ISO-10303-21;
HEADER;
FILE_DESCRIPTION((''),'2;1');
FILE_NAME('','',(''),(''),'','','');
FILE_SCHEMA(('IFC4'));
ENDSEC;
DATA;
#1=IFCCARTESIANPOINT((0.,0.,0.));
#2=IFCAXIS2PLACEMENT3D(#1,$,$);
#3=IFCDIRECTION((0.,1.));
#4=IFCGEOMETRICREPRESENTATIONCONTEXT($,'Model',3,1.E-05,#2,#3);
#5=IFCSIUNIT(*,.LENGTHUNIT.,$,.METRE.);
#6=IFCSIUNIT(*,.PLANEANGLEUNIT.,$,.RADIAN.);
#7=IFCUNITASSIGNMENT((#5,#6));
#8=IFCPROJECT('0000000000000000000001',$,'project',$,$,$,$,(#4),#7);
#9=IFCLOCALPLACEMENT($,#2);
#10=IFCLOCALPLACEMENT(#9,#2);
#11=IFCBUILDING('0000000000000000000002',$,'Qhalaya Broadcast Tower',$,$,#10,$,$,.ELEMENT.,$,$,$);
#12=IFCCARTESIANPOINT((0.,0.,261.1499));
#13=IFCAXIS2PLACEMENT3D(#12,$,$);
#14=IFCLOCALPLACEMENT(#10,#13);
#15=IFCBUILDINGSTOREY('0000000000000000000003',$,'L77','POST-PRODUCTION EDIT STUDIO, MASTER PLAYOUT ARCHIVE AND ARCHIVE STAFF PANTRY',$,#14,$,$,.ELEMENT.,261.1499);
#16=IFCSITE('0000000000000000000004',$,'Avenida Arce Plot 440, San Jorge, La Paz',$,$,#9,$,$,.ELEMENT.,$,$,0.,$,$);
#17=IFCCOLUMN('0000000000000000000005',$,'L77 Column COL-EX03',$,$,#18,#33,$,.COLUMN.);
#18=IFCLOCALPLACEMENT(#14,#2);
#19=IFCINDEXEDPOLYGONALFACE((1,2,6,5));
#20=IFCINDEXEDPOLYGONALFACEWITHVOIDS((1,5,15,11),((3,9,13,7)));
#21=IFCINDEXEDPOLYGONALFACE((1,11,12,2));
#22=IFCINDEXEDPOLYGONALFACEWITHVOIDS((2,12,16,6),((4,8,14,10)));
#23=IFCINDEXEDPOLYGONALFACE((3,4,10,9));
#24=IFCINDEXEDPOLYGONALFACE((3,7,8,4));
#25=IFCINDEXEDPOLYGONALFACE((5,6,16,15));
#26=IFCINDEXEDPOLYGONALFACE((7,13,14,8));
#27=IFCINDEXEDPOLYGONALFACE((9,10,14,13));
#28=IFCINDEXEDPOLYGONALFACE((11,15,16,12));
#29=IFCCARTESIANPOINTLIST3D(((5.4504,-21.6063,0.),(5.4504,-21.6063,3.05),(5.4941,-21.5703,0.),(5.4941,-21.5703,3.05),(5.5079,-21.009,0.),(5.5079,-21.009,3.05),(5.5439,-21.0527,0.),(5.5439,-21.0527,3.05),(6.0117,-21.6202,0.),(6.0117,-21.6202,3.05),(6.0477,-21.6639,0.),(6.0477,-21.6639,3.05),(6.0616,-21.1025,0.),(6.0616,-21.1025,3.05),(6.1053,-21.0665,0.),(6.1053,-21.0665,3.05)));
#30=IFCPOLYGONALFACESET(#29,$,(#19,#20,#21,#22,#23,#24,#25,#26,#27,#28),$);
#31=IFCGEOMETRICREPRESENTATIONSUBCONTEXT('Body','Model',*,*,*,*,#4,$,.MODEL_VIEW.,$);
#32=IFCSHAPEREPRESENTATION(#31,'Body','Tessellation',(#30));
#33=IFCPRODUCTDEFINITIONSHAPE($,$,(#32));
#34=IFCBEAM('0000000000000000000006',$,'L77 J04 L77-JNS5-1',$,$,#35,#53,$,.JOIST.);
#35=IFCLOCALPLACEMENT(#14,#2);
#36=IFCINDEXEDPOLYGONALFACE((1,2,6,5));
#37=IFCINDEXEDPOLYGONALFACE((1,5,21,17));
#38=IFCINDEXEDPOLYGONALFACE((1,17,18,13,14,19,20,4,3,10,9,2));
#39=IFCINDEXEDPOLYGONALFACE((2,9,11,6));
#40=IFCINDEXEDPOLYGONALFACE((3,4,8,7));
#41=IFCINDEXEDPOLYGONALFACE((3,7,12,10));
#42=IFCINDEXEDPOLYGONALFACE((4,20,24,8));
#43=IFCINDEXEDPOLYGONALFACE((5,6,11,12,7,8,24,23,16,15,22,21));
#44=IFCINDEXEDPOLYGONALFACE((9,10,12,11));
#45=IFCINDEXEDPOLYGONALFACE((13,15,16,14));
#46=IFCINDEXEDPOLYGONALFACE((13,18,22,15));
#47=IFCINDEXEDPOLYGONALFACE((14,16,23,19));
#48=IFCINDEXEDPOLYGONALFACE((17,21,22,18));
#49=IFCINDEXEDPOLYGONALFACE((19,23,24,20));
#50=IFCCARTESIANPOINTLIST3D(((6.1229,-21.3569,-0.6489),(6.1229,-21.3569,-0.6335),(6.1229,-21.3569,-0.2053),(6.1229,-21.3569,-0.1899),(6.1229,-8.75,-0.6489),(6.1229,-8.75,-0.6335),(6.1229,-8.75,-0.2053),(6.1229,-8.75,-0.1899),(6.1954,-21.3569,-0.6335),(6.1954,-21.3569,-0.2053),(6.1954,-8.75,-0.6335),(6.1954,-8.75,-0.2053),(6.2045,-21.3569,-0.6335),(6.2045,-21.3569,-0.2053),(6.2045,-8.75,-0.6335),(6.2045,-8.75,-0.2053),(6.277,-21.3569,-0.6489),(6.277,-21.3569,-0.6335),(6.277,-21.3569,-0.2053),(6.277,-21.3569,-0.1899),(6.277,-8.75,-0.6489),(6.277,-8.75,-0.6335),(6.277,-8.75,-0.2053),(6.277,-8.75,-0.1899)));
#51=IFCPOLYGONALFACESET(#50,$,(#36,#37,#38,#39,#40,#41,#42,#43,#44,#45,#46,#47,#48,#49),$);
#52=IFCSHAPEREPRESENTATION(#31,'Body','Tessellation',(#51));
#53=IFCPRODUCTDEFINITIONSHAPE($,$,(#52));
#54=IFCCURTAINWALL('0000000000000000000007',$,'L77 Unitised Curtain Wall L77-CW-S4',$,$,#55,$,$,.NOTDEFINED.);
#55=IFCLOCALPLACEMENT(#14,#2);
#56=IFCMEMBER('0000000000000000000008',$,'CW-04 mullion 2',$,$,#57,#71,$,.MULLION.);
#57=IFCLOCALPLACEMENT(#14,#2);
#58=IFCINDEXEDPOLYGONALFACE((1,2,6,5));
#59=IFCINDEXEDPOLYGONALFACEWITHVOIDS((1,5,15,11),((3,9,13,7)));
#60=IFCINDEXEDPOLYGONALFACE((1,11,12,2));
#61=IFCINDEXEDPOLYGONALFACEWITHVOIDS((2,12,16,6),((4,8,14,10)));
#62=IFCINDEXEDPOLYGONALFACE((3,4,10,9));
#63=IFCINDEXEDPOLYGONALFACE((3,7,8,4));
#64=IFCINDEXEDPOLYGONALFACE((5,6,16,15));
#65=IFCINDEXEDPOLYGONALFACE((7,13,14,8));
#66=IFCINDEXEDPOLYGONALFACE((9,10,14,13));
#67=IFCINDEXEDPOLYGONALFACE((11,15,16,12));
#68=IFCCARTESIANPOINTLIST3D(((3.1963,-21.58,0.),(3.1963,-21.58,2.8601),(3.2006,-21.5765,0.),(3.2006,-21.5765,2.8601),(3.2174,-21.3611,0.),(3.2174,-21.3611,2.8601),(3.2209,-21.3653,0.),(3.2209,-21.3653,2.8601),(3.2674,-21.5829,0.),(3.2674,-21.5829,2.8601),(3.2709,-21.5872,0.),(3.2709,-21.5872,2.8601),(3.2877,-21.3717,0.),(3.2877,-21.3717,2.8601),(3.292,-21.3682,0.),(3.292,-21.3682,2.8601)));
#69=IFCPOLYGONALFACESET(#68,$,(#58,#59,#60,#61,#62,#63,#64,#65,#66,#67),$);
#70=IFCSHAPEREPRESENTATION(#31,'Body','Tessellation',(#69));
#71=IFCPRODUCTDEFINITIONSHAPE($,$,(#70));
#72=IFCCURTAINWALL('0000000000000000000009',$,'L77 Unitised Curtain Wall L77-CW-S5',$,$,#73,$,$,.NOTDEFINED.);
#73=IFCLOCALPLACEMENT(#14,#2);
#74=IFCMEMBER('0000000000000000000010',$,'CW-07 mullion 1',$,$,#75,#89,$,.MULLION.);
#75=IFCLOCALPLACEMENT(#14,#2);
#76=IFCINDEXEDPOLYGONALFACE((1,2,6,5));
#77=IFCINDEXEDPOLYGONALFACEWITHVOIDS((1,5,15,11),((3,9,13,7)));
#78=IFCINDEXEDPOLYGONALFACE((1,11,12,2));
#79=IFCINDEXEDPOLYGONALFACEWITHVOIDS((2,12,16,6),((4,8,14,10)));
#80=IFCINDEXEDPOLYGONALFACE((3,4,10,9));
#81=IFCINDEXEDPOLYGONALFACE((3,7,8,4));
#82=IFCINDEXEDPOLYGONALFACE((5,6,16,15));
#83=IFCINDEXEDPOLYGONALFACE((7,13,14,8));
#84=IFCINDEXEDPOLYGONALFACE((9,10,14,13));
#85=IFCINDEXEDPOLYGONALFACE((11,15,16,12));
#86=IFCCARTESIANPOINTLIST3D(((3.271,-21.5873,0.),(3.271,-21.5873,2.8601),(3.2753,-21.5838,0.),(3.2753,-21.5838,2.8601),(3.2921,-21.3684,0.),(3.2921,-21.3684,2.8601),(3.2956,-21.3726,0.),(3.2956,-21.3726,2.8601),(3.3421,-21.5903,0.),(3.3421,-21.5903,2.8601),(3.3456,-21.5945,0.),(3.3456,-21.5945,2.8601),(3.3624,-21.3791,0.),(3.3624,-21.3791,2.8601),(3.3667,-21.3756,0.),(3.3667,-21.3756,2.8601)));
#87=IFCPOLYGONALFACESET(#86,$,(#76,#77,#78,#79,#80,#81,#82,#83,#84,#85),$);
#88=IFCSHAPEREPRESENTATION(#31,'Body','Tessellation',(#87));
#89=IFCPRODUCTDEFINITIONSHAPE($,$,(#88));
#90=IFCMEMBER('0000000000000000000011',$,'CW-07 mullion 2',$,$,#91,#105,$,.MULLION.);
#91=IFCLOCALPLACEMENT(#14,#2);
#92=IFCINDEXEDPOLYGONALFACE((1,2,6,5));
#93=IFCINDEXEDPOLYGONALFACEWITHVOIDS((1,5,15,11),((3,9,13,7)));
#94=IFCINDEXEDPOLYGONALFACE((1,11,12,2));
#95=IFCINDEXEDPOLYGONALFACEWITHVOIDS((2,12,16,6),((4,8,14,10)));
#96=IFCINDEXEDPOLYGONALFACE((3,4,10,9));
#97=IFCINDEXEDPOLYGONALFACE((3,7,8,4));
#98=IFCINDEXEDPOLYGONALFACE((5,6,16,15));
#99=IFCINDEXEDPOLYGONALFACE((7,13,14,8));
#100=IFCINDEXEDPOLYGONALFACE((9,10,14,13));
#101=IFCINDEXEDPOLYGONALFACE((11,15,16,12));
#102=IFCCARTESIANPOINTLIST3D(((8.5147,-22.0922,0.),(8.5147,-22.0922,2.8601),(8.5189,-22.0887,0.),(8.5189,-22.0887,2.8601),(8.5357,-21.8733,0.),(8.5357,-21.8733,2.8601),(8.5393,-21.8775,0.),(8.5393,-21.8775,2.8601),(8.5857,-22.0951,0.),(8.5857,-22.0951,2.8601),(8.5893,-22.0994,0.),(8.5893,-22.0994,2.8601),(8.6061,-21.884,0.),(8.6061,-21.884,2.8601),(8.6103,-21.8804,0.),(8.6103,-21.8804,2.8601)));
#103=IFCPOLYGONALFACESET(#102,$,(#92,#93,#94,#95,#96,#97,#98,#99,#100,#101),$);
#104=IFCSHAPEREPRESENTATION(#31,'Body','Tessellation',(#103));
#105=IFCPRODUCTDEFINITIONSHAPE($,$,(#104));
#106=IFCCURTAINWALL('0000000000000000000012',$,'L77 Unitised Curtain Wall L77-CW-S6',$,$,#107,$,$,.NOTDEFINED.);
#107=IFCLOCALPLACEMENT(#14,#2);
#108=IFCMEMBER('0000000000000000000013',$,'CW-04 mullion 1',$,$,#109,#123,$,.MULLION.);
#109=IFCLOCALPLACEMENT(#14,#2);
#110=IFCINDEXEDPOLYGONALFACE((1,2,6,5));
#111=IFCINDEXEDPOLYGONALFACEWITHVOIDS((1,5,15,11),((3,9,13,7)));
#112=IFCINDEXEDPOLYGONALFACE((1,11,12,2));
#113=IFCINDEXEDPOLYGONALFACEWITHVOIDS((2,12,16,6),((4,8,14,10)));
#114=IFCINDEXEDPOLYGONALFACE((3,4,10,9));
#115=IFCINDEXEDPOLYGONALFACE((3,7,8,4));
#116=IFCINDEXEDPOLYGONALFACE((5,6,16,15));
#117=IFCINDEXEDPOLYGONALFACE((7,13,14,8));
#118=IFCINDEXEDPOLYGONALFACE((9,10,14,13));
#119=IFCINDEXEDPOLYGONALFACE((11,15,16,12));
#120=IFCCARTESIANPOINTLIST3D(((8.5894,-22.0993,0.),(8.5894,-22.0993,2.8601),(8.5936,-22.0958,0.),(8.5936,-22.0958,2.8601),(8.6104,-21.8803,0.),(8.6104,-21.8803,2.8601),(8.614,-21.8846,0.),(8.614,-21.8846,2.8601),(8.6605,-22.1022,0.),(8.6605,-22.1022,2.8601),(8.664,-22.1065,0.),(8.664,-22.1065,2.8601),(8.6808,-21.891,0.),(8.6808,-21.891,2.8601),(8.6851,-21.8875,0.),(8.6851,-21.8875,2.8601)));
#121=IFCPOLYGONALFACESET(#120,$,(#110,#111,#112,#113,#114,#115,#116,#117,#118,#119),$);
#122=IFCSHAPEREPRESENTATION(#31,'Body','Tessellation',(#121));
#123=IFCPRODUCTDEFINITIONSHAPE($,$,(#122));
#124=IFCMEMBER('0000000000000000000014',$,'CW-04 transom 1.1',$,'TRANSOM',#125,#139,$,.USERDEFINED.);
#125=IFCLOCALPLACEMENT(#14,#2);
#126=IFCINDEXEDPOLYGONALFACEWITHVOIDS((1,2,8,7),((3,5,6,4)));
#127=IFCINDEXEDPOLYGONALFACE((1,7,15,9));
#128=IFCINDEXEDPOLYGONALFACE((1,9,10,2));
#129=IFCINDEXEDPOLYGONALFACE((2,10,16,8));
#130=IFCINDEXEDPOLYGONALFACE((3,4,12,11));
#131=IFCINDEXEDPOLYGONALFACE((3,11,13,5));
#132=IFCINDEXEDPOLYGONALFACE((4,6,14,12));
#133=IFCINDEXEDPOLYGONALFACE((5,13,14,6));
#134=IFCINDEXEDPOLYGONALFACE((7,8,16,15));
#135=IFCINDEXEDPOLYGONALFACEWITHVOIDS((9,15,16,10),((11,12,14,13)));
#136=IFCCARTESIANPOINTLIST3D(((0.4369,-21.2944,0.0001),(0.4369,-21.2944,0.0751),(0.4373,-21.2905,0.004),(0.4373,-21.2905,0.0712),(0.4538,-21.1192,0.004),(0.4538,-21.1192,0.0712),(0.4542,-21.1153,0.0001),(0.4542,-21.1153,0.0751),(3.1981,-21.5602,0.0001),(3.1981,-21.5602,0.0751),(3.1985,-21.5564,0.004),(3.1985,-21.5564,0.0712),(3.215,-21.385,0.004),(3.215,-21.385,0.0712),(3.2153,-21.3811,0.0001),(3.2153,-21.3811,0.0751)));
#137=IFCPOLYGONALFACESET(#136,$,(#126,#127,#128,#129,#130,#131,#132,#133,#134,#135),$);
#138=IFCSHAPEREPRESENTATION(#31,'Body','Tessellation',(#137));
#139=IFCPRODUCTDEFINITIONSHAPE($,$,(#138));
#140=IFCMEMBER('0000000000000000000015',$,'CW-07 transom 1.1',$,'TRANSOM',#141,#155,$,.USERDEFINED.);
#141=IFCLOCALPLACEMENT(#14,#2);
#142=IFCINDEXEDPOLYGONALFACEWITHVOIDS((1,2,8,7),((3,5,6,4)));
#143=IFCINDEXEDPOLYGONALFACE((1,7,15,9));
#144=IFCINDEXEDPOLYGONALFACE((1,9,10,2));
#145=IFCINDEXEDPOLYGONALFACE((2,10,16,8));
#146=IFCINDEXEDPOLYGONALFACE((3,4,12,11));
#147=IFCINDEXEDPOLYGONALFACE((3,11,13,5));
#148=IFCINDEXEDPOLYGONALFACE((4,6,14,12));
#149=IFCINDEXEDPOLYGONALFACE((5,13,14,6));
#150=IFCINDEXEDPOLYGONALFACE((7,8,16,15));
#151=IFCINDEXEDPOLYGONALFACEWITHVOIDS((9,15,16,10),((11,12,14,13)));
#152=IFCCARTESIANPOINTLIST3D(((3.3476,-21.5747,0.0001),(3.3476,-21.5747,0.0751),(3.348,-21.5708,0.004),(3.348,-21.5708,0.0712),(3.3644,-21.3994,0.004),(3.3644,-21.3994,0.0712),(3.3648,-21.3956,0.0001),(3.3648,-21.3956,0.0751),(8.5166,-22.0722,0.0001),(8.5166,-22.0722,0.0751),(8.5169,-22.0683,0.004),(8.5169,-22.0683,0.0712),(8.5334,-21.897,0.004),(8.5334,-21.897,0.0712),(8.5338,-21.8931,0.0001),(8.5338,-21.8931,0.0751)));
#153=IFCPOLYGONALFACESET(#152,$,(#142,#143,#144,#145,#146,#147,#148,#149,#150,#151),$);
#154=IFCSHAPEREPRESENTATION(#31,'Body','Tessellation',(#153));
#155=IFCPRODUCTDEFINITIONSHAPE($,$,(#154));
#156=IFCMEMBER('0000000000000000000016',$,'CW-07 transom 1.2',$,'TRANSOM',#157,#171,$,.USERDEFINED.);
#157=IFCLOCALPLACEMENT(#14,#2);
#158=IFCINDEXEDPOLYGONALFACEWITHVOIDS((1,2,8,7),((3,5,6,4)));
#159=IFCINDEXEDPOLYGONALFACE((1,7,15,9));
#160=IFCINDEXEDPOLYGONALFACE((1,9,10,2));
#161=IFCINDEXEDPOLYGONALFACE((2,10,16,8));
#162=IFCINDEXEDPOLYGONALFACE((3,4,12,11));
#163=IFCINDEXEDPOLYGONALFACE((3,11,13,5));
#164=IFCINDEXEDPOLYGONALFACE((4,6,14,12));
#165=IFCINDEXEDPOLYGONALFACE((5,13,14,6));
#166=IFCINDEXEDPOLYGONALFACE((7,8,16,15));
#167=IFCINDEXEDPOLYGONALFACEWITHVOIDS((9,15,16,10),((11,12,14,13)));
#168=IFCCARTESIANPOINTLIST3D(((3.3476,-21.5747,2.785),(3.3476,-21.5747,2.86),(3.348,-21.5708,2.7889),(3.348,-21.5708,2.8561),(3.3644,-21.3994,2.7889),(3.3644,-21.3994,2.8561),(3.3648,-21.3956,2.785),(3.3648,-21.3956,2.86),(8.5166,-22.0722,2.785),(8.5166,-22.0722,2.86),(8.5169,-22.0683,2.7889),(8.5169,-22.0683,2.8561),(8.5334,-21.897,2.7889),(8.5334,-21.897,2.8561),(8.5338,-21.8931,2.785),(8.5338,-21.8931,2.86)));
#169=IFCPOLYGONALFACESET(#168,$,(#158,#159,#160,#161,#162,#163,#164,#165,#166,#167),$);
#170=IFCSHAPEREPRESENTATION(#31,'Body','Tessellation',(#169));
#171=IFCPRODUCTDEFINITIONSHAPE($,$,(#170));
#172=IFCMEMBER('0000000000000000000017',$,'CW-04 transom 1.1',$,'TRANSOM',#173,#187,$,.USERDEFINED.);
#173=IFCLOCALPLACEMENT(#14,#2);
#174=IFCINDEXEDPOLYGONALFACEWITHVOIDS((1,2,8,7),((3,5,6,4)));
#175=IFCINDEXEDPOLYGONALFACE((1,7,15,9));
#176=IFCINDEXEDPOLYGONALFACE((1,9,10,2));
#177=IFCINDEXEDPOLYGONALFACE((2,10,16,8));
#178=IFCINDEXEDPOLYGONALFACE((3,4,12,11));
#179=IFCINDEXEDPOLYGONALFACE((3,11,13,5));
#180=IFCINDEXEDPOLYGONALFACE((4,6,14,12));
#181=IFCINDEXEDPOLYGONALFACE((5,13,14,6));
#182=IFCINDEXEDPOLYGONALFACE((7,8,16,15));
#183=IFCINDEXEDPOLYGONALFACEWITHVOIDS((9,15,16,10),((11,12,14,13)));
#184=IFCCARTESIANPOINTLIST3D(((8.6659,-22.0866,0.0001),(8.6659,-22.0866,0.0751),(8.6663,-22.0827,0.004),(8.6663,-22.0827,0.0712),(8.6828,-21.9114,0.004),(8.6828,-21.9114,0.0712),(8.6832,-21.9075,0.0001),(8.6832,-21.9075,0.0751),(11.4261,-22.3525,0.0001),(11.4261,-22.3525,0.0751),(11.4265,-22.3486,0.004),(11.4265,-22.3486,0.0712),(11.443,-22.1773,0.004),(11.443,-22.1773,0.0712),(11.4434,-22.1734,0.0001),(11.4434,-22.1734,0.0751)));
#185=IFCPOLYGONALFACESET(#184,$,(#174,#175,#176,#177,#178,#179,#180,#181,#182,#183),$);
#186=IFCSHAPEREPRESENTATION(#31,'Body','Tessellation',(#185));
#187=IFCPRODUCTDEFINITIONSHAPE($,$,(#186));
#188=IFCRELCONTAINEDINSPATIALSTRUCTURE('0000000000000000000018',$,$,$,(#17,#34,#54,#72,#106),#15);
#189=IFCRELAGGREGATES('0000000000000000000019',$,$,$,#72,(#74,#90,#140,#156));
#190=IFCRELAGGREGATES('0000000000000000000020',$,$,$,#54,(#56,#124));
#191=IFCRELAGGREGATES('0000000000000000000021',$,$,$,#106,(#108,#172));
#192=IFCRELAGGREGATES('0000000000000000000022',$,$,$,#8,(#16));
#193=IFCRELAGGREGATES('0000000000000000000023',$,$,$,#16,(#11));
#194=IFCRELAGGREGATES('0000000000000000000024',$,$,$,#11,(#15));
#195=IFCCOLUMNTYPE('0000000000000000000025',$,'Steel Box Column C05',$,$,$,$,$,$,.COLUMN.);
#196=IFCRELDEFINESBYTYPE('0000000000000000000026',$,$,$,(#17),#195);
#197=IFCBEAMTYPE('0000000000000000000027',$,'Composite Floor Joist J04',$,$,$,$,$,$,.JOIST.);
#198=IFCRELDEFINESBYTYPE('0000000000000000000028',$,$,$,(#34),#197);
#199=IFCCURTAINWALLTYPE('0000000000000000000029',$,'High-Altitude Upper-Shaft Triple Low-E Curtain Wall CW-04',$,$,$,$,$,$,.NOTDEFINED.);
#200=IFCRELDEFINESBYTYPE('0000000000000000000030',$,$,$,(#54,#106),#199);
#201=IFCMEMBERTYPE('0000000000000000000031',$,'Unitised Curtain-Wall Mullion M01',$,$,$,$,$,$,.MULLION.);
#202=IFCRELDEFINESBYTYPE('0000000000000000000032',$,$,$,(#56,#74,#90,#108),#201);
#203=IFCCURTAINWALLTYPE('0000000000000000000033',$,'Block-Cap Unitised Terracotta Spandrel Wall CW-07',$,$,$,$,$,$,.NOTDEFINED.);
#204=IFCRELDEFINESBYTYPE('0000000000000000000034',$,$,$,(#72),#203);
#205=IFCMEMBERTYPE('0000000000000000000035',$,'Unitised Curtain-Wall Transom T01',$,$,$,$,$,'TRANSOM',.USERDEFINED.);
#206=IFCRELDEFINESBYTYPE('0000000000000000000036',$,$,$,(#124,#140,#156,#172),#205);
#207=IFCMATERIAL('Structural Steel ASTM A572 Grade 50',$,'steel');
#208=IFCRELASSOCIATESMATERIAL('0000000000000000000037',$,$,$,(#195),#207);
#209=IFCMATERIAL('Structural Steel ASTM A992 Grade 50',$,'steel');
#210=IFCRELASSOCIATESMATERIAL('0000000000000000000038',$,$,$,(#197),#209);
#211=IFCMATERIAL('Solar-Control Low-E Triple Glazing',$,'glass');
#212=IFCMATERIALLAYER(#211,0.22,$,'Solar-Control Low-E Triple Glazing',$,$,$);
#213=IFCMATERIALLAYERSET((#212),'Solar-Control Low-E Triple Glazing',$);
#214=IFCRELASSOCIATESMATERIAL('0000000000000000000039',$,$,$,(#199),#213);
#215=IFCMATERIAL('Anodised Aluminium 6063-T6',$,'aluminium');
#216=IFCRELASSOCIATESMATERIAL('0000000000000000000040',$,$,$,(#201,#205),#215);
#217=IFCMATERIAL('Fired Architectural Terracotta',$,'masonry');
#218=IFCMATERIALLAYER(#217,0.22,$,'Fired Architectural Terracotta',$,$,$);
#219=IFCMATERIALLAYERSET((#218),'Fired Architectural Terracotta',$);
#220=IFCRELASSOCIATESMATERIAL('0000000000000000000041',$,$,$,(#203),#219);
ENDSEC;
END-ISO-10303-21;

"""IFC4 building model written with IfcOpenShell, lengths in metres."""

from ifc_helpers import new_model, si_unit, direction, frame, origin, origin_2d, place, context, subcontext, project, spatial, hollow_rectangle, i_section, extrude, material, layer, layer_set, material_profile, profile_set, type_object, element, aggregate, save


model = new_model("IFC4")

# Units and contexts
model_context = context("Model", 3, precision=1e-05, world=origin(), true_north=direction((0.0, 1.0)))
body_context = subcontext(model_context, "Body", "Model", "MODEL_VIEW")
ifc_project = project(units=[si_unit("LENGTHUNIT", "METRE"), si_unit("PLANEANGLEUNIT", "RADIAN")], contexts=[model_context])

# Site, building, storey
site_placement = place(None, origin())
site = spatial("IfcSite", under=ifc_project, at=site_placement, Name="Avenida Arce Plot 440, San Jorge, La Paz", CompositionType="ELEMENT", RefElevation=0.0)
building_placement = place(site_placement, origin())
building = spatial("IfcBuilding", under=site, at=building_placement, Name="Qhalaya Broadcast Tower", CompositionType="ELEMENT")
storey_placement = place(building_placement, frame((0.0, 0.0, 261.1499)))
storey = spatial("IfcBuildingStorey", under=building, at=storey_placement, Name="L77", Description="POST-PRODUCTION EDIT STUDIO, MASTER PLAYOUT ARCHIVE AND ARCHIVE STAFF PANTRY", CompositionType="ELEMENT", Elevation=261.1499)

# Column
ifc_material_1 = material(Name="Structural Steel ASTM A572 Grade 50", Category="steel")
ifc_material_profile_1 = material_profile(ifc_material_1, hollow_rectangle(XDim=0.6001, YDim=0.6001, WallThickness=0.04, at=origin_2d()), Name="BOX 600x600x40")
ifc_profile_set_1 = profile_set([ifc_material_profile_1], Name="Structural Steel ASTM A572 Grade 50")
column_type = type_object("IfcColumnType", Name="Steel Box Column C05", PredefinedType="COLUMN", material=ifc_profile_set_1)
column_placement = place(storey_placement, frame((5.7778, -21.3364, 0.0), z_axis=(0.0, 0.0, 1.0), x_axis=(0.995396, -0.095846, 0.0)))
element("IfcColumn", 1, at=column_placement, inside=storey, type_object=column_type, Name="L77 Column COL-EX03", PredefinedType="COLUMN", context=body_context, shape_type="SweptSolid", body=[
    extrude(hollow_rectangle(XDim=0.6001, YDim=0.6001, WallThickness=0.04, at=origin_2d()), origin(), (0.0, 0.0, 1.0), 3.05),
])

# Beam
ifc_material_2 = material(Name="Structural Steel ASTM A992 Grade 50", Category="steel")
ifc_material_profile_2 = material_profile(ifc_material_2, i_section(OverallWidth=0.1541, OverallDepth=0.459, WebThickness=0.009, FlangeThickness=0.0154, at=origin_2d()), Name="W18X46")
ifc_profile_set_2 = profile_set([ifc_material_profile_2], Name="Structural Steel ASTM A992 Grade 50")
beam_type_1 = type_object("IfcBeamType", Name="Composite Floor Joist J04", PredefinedType="JOIST", material=ifc_profile_set_2)
beam_1_placement = place(storey_placement, frame((6.2, -21.3569, -0.4194), z_axis=(0.0, 1.0, 0.0), x_axis=(-1.0, 0.0, 0.0)))
element("IfcBeam", 2, at=beam_1_placement, inside=storey, type_object=beam_type_1, Name="L77 J04 L77-JNS5-1", PredefinedType="JOIST", context=body_context, shape_type="SweptSolid", body=[
    extrude(i_section(OverallWidth=0.1541, OverallDepth=0.459, WebThickness=0.009, FlangeThickness=0.0154, at=origin_2d()), origin(), (0.0, 0.0, 1.0), 12.6069),
])

# Curtain wall, member
ifc_material_3 = material(Name="Solar-Control Low-E Triple Glazing", Category="glass")
ifc_layer_1 = layer(ifc_material_3, 0.22, Name="Solar-Control Low-E Triple Glazing")
ifc_layer_set_1 = layer_set([ifc_layer_1], Name="Solar-Control Low-E Triple Glazing")
curtain_wall_type_1 = type_object("IfcCurtainWallType", Name="High-Altitude Upper-Shaft Triple Low-E Curtain Wall CW-04", PredefinedType="NOTDEFINED", material=ifc_layer_set_1)
curtain_wall_1_placement = place(storey_placement, origin())
curtain_wall_1 = element("IfcCurtainWall", 3, at=curtain_wall_1_placement, inside=storey, type_object=curtain_wall_type_1, Name="L77 Unitised Curtain Wall L77-CW-S4", PredefinedType="NOTDEFINED")
ifc_material_4 = material(Name="Anodised Aluminium 6063-T6", Category="aluminium")
ifc_material_profile_3 = material_profile(ifc_material_4, hollow_rectangle(XDim=0.075, YDim=0.22, WallThickness=0.0039, at=origin_2d()), Name="ALU-MUL 75x220x4")
ifc_profile_set_3 = profile_set([ifc_material_profile_3], Name="Anodised Aluminium 6063-T6")
member_type_1 = type_object("IfcMemberType", Name="Unitised Curtain-Wall Mullion M01", PredefinedType="MULLION", material=ifc_profile_set_3)
member_1_placement = place(storey_placement, frame((3.2441, -21.4741, 0.0), z_axis=(0.0, 0.0, 1.0), x_axis=(0.995398, -0.095829, 0.0)))
member_1 = element("IfcMember", 4, at=member_1_placement, type_object=member_type_1, Name="CW-04 mullion 2", PredefinedType="MULLION", context=body_context, shape_type="SweptSolid", body=[
    extrude(hollow_rectangle(XDim=0.075, YDim=0.22, WallThickness=0.0039, at=origin_2d()), origin(), (0.0, 0.0, 1.0), 2.8601),
])

# Curtain wall, members
ifc_material_5 = material(Name="Fired Architectural Terracotta", Category="masonry")
ifc_layer_2 = layer(ifc_material_5, 0.22, Name="Fired Architectural Terracotta")
ifc_layer_set_2 = layer_set([ifc_layer_2], Name="Fired Architectural Terracotta")
curtain_wall_type_2 = type_object("IfcCurtainWallType", Name="Block-Cap Unitised Terracotta Spandrel Wall CW-07", PredefinedType="NOTDEFINED", material=ifc_layer_set_2)
curtain_wall_2_placement = place(storey_placement, origin())
curtain_wall_2 = element("IfcCurtainWall", 5, at=curtain_wall_2_placement, inside=storey, type_object=curtain_wall_type_2, Name="L77 Unitised Curtain Wall L77-CW-S5", PredefinedType="NOTDEFINED")
member_2_placement = place(storey_placement, frame((3.3188, -21.4814, 0.0), z_axis=(0.0, 0.0, 1.0), x_axis=(0.995396, -0.095845, 0.0)))
member_2 = element("IfcMember", 6, at=member_2_placement, type_object=member_type_1, Name="CW-07 mullion 1", PredefinedType="MULLION", context=body_context, shape_type="SweptSolid", body=[
    extrude(hollow_rectangle(XDim=0.075, YDim=0.22, WallThickness=0.0039, at=origin_2d()), origin(), (0.0, 0.0, 1.0), 2.8601),
])
member_3_placement = place(storey_placement, frame((8.5625, -21.9863, 0.0), z_axis=(0.0, 0.0, 1.0), x_axis=(0.995396, -0.095845, 0.0)))
member_3 = element("IfcMember", 7, at=member_3_placement, type_object=member_type_1, Name="CW-07 mullion 2", PredefinedType="MULLION", context=body_context, shape_type="SweptSolid", body=[
    extrude(hollow_rectangle(XDim=0.075, YDim=0.22, WallThickness=0.0039, at=origin_2d()), origin(), (0.0, 0.0, 1.0), 2.8601),
])

# Curtain wall, member
curtain_wall_3_placement = place(storey_placement, origin())
curtain_wall_3 = element("IfcCurtainWall", 8, at=curtain_wall_3_placement, inside=storey, type_object=curtain_wall_type_1, Name="L77 Unitised Curtain Wall L77-CW-S6", PredefinedType="NOTDEFINED")
member_4_placement = place(storey_placement, frame((8.6372, -21.9934, 0.0), z_axis=(0.0, 0.0, 1.0), x_axis=(0.995395, -0.095858, 0.0)))
member_4 = element("IfcMember", 9, at=member_4_placement, type_object=member_type_1, Name="CW-04 mullion 1", PredefinedType="MULLION", context=body_context, shape_type="SweptSolid", body=[
    extrude(hollow_rectangle(XDim=0.075, YDim=0.22, WallThickness=0.0039, at=origin_2d()), origin(), (0.0, 0.0, 1.0), 2.8601),
])

# Members
ifc_material_profile_4 = material_profile(ifc_material_4, hollow_rectangle(XDim=0.075, YDim=0.1799, WallThickness=0.0039, at=origin_2d()), Name="ALU-TRN 75x180x4")
ifc_profile_set_4 = profile_set([ifc_material_profile_4], Name="Anodised Aluminium 6063-T6")
member_type_2 = type_object("IfcMemberType", Name="Unitised Curtain-Wall Transom T01", ElementType="TRANSOM", PredefinedType="USERDEFINED", material=ifc_profile_set_4)
member_5_placement = place(storey_placement, frame((0.4456, -21.2048, 0.0376), z_axis=(0.995396, -0.095843, 0.0), x_axis=(0.0, 0.0, 1.0)))
member_5 = element("IfcMember", 10, at=member_5_placement, type_object=member_type_2, Name="CW-04 transom 1.1", ObjectType="TRANSOM", PredefinedType="USERDEFINED", context=body_context, shape_type="SweptSolid", body=[
    extrude(hollow_rectangle(XDim=0.075, YDim=0.1799, WallThickness=0.0039, at=origin_2d()), origin(), (0.0, 0.0, 1.0), 2.7739),
])
member_6_placement = place(storey_placement, frame((3.3562, -21.4851, 0.0376), z_axis=(0.995399, -0.095816, 0.0), x_axis=(0.0, 0.0, 1.0)))
member_6 = element("IfcMember", 11, at=member_6_placement, type_object=member_type_2, Name="CW-07 transom 1.1", ObjectType="TRANSOM", PredefinedType="USERDEFINED", context=body_context, shape_type="SweptSolid", body=[
    extrude(hollow_rectangle(XDim=0.075, YDim=0.1799, WallThickness=0.0039, at=origin_2d()), origin(), (0.0, 0.0, 1.0), 5.1929),
])
member_7_placement = place(storey_placement, frame((3.3562, -21.4851, 2.8225), z_axis=(0.995399, -0.095816, 0.0), x_axis=(0.0, 0.0, 1.0)))
member_7 = element("IfcMember", 12, at=member_7_placement, type_object=member_type_2, Name="CW-07 transom 1.2", ObjectType="TRANSOM", PredefinedType="USERDEFINED", context=body_context, shape_type="SweptSolid", body=[
    extrude(hollow_rectangle(XDim=0.075, YDim=0.1799, WallThickness=0.0039, at=origin_2d()), origin(), (0.0, 0.0, 1.0), 5.1929),
])
member_8_placement = place(storey_placement, frame((8.6746, -21.9971, 0.0376), z_axis=(0.995393, -0.095877, 0.0), x_axis=(0.0, 0.0, 1.0)))
member_8 = element("IfcMember", 13, at=member_8_placement, type_object=member_type_2, Name="CW-04 transom 1.1", ObjectType="TRANSOM", PredefinedType="USERDEFINED", context=body_context, shape_type="SweptSolid", body=[
    extrude(hollow_rectangle(XDim=0.075, YDim=0.1799, WallThickness=0.0039, at=origin_2d()), origin(), (0.0, 0.0, 1.0), 2.7729),
])

aggregate(curtain_wall_2, [member_2, member_3, member_6, member_7])
aggregate(curtain_wall_1, [member_1, member_5])
aggregate(curtain_wall_3, [member_4, member_8])

save(model, "model.ifc")
